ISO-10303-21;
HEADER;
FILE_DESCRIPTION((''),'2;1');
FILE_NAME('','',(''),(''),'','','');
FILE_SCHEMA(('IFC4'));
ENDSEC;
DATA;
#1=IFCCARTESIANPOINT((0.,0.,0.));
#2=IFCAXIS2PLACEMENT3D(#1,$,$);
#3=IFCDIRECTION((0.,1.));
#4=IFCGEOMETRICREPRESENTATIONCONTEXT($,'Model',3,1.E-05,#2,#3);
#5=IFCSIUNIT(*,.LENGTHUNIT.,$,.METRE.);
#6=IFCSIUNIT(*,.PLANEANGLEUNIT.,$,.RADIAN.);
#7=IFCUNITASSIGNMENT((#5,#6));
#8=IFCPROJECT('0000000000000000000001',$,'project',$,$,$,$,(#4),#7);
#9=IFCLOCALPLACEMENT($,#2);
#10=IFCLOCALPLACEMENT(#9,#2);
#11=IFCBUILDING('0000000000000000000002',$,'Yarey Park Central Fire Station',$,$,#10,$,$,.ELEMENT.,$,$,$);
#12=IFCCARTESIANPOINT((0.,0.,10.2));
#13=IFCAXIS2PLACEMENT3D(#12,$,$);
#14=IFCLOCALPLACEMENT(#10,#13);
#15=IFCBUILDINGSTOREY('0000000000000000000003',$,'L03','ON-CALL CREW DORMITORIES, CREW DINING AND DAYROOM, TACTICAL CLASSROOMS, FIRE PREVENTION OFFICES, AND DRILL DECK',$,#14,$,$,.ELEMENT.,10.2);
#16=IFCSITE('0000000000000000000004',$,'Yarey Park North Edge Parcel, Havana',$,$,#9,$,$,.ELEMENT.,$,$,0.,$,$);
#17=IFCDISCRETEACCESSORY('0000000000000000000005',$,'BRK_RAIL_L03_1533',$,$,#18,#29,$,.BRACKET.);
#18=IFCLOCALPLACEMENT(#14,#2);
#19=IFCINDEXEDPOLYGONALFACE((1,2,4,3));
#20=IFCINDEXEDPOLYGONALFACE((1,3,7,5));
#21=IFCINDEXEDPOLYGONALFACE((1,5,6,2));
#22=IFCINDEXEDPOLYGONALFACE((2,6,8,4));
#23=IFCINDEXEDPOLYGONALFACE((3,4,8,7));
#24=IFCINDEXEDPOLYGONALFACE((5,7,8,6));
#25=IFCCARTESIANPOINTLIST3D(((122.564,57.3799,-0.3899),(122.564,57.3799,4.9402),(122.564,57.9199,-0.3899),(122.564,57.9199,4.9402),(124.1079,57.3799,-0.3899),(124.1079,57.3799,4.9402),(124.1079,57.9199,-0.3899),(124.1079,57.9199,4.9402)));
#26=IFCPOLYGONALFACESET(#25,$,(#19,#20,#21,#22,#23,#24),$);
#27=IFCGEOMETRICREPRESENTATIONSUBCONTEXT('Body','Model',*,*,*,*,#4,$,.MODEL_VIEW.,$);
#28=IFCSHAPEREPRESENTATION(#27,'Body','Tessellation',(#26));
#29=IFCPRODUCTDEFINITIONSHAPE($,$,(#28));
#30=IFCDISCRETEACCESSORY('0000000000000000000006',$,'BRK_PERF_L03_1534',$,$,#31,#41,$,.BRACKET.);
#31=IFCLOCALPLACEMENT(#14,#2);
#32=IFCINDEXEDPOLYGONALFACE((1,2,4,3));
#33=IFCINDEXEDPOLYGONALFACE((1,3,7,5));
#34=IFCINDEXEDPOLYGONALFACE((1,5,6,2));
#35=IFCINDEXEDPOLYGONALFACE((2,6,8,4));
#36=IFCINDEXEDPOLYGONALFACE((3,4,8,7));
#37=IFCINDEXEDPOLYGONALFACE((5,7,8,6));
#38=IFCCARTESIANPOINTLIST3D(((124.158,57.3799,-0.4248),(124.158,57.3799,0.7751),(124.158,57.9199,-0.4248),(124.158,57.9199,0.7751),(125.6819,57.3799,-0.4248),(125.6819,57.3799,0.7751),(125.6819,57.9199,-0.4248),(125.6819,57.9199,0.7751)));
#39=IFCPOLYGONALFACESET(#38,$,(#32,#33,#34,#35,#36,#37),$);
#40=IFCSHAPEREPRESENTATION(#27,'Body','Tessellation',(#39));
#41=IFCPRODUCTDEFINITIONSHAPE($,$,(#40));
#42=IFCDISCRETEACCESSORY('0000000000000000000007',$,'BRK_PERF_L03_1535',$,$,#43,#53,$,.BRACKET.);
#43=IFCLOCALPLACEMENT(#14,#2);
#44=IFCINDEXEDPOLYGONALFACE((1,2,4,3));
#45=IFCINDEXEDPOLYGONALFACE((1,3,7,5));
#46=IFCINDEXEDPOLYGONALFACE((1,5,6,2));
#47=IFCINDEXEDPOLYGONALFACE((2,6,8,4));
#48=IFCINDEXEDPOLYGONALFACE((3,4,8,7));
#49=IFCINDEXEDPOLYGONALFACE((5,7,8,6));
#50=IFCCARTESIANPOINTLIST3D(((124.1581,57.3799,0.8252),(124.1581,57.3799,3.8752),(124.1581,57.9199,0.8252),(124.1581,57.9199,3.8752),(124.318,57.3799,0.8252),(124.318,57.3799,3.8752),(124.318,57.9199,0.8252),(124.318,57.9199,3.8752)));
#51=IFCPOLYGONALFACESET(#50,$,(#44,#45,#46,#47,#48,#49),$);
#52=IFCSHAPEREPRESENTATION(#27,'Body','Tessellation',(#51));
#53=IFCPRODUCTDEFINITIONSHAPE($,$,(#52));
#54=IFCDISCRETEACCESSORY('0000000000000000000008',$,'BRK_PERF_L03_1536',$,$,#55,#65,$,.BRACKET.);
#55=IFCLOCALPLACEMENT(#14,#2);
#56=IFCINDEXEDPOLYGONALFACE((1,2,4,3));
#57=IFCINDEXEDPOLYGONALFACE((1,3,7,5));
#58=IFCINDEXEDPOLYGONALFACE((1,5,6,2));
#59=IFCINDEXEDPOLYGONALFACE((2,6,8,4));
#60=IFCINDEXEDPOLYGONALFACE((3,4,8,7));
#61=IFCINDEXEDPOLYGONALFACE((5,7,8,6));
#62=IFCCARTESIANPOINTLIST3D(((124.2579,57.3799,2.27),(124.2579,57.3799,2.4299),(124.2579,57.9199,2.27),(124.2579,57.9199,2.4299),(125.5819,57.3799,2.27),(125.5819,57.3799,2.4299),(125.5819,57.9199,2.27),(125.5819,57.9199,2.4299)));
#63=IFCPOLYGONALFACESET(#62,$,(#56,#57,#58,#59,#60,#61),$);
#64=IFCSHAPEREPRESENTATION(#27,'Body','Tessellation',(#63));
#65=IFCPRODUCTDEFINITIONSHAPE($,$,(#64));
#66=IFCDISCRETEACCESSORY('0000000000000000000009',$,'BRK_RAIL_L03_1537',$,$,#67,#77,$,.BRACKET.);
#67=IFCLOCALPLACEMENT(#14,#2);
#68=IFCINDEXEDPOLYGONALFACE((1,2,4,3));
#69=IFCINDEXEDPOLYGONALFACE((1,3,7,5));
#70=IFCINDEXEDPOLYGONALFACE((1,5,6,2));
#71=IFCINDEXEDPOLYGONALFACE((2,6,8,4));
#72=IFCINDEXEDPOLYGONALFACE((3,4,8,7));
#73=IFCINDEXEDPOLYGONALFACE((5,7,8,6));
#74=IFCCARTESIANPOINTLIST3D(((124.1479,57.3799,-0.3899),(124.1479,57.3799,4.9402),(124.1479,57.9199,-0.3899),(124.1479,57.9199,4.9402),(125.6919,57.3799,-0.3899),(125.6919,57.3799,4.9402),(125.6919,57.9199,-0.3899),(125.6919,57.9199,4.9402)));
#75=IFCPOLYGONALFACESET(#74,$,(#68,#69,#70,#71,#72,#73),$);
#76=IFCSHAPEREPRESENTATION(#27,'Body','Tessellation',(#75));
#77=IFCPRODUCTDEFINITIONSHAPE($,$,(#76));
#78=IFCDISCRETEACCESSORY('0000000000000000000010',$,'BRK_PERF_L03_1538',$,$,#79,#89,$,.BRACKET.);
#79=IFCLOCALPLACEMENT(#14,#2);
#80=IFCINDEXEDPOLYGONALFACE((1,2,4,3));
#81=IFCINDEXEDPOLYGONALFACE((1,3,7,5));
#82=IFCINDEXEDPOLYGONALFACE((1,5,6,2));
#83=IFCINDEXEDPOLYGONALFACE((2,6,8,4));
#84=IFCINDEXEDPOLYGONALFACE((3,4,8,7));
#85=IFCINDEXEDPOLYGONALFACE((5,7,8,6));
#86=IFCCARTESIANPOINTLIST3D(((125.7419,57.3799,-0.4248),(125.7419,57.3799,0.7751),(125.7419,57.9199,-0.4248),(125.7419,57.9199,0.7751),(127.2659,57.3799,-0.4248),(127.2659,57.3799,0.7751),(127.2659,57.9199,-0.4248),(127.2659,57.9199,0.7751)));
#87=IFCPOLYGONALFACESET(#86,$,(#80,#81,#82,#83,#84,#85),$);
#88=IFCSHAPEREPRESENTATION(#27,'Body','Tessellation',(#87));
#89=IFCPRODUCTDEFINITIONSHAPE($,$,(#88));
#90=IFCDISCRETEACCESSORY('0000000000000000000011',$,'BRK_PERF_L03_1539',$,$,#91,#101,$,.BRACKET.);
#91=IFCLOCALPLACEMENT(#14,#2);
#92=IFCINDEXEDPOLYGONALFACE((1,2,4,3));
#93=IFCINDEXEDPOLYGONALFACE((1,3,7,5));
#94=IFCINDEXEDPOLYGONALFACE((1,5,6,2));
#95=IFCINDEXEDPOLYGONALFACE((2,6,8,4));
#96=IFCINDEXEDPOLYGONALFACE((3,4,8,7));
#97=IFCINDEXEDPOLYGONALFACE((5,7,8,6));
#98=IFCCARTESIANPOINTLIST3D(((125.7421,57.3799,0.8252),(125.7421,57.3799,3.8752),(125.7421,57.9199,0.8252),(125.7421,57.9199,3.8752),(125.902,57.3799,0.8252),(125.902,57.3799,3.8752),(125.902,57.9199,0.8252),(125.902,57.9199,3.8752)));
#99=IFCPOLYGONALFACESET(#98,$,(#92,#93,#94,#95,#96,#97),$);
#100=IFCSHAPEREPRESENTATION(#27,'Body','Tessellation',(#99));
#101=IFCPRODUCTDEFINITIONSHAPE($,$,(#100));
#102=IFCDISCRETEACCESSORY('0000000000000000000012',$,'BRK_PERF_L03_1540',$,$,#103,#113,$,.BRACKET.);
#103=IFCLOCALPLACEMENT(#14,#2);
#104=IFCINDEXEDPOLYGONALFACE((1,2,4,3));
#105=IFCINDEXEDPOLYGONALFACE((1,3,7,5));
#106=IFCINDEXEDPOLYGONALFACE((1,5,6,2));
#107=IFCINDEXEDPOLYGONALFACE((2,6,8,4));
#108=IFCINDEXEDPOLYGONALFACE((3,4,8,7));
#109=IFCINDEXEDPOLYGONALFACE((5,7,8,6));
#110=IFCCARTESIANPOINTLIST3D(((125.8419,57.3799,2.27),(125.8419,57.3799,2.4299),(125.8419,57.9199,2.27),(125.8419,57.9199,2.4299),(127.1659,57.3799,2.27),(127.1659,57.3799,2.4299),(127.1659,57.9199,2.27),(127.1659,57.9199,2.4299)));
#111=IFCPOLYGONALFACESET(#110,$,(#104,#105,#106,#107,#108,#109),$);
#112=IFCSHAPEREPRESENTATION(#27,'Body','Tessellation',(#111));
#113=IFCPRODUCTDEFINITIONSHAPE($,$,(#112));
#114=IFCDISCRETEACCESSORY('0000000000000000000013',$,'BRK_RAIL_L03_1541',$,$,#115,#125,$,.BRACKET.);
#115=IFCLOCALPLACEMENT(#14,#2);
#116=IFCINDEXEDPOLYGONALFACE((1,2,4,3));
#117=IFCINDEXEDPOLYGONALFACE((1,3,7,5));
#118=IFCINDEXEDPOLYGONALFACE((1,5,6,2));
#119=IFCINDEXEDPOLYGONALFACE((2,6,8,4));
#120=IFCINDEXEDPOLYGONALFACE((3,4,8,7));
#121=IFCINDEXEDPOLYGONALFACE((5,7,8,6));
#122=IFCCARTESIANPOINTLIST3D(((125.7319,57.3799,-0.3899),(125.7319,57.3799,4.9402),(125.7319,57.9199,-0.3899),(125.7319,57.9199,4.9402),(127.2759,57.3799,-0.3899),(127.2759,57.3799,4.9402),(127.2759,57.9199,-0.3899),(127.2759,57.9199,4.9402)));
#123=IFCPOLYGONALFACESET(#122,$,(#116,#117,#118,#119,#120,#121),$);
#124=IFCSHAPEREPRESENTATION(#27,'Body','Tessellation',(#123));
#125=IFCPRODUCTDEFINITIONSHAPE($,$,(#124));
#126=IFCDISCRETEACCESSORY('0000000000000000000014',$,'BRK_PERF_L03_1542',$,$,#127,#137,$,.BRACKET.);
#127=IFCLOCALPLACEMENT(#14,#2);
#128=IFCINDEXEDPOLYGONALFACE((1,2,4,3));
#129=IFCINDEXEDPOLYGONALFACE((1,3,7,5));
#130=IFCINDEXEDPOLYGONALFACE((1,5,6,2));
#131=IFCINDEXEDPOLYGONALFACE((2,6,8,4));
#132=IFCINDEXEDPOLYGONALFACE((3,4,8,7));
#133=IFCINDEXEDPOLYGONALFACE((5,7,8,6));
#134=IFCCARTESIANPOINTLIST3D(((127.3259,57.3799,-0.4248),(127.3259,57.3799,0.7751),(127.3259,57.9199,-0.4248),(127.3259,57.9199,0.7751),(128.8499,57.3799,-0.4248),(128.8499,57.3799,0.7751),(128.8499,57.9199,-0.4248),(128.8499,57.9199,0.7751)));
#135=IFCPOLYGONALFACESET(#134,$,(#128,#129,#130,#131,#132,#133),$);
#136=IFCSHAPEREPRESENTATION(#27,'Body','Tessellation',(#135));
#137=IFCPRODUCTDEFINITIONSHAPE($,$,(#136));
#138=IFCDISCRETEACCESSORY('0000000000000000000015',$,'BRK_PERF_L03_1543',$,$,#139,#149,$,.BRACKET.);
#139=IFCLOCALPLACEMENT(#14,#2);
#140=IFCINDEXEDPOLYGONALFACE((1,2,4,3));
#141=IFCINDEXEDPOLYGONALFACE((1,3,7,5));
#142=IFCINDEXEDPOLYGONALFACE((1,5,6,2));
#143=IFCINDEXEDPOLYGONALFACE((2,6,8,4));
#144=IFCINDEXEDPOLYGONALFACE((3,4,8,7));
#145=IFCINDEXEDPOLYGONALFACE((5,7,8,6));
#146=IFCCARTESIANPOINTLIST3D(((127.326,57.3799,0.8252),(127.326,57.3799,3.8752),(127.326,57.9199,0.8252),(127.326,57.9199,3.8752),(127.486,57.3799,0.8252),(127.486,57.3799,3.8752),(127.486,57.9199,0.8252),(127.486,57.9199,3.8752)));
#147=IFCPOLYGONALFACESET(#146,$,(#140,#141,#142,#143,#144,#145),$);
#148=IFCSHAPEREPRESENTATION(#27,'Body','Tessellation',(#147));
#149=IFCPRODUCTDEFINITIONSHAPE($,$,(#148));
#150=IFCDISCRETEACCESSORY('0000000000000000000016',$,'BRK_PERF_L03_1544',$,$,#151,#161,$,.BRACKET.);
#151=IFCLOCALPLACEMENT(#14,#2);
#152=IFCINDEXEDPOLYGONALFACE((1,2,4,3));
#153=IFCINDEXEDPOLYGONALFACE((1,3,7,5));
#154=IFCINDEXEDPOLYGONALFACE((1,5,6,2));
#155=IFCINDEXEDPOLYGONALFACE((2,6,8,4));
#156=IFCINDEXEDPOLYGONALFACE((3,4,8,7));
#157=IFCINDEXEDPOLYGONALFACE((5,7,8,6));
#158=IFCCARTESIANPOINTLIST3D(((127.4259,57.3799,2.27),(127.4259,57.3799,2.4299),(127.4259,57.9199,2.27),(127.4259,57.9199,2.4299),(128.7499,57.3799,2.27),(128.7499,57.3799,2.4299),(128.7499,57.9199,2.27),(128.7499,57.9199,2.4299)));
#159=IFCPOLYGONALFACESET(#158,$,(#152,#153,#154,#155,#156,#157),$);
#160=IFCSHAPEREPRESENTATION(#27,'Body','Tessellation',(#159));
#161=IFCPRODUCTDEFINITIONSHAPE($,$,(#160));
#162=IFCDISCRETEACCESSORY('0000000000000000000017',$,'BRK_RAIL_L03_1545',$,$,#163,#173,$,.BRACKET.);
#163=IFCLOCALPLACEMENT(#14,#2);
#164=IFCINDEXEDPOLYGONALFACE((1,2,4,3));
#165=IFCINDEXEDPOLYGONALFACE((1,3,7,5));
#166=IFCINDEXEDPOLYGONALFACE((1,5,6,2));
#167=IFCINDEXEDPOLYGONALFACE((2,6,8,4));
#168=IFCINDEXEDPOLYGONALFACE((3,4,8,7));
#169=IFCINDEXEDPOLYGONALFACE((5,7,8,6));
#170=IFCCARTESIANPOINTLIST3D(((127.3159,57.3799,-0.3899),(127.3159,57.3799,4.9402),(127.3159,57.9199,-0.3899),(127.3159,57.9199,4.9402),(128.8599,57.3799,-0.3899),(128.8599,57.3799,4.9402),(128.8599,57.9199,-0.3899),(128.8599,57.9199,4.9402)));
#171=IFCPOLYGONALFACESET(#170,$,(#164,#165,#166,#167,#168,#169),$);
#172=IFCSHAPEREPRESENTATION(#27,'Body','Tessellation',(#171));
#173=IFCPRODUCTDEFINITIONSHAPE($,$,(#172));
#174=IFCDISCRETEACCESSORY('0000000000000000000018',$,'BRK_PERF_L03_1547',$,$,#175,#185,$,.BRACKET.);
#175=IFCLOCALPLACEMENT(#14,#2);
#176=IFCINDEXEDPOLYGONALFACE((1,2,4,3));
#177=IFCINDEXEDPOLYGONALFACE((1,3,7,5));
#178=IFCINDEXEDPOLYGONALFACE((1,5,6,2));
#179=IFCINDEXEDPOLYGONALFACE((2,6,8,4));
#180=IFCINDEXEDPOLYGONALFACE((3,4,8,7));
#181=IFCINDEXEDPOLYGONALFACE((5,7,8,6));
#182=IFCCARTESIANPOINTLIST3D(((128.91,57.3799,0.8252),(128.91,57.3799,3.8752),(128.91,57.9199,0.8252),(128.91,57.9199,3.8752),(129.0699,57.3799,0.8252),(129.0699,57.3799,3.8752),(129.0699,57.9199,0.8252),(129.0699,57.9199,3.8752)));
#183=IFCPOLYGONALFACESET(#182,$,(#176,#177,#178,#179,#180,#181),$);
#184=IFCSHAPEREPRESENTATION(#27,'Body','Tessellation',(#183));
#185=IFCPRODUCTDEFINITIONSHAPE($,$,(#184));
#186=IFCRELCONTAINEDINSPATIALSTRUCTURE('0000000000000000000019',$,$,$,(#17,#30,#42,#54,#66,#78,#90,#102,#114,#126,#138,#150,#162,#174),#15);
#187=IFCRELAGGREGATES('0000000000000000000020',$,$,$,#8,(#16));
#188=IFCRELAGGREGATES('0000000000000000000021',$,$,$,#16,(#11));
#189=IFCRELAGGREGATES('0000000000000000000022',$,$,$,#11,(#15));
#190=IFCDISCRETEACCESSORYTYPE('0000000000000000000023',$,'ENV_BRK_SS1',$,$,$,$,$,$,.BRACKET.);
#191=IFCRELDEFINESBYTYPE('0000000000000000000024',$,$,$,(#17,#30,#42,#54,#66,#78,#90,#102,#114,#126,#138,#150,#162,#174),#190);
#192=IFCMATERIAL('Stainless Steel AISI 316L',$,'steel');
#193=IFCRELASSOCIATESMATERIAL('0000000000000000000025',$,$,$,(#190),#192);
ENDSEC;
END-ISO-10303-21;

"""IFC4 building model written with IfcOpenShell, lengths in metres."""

from ifc_helpers import new_model, si_unit, direction, frame, origin, origin_2d, place, context, subcontext, project, spatial, rectangle, extrude, material, type_object, element, save


model = new_model("IFC4")

# Units and contexts
model_context = context("Model", 3, precision=1e-05, world=origin(), true_north=direction((0.0, 1.0)))
body_context = subcontext(model_context, "Body", "Model", "MODEL_VIEW")
ifc_project = project(units=[si_unit("LENGTHUNIT", "METRE"), si_unit("PLANEANGLEUNIT", "RADIAN")], contexts=[model_context])

# Site, building, storey
site_placement = place(None, origin())
site = spatial("IfcSite", under=ifc_project, at=site_placement, Name="Yarey Park North Edge Parcel, Havana", CompositionType="ELEMENT", RefElevation=0.0)
building_placement = place(site_placement, origin())
building = spatial("IfcBuilding", under=site, at=building_placement, Name="Yarey Park Central Fire Station", CompositionType="ELEMENT")
storey_placement = place(building_placement, frame((0.0, 0.0, 10.2)))
storey = spatial("IfcBuildingStorey", under=building, at=storey_placement, Name="L03", Description="ON-CALL CREW DORMITORIES, CREW DINING AND DAYROOM, TACTICAL CLASSROOMS, FIRE PREVENTION OFFICES, AND DRILL DECK", CompositionType="ELEMENT", Elevation=10.2)

# Discrete accessories
ifc_material_1 = material(Name="Stainless Steel AISI 316L", Category="steel")
discrete_accessory_type = type_object("IfcDiscreteAccessoryType", Name="ENV_BRK_SS1", PredefinedType="BRACKET", material=ifc_material_1)
discrete_accessory_1_placement = place(storey_placement, frame((123.3359, 57.6499, -0.3899), z_axis=(0.0, 0.0, 1.0), x_axis=(1.0, 0.0, 0.0)))
element("IfcDiscreteAccessory", 1, at=discrete_accessory_1_placement, inside=storey, type_object=discrete_accessory_type, Name="BRK_RAIL_L03_1533", PredefinedType="BRACKET", context=body_context, shape_type="SweptSolid", body=[
    extrude(rectangle(XDim=1.5439, YDim=0.54, at=origin_2d()), origin(), (0.0, 0.0, 1.0), 5.3301),
])
discrete_accessory_2_placement = place(storey_placement, frame((124.9199, 57.6499, -0.4248), z_axis=(0.0, 0.0, 1.0), x_axis=(1.0, 0.0, 0.0)))
element("IfcDiscreteAccessory", 2, at=discrete_accessory_2_placement, inside=storey, type_object=discrete_accessory_type, Name="BRK_PERF_L03_1534", PredefinedType="BRACKET", context=body_context, shape_type="SweptSolid", body=[
    extrude(rectangle(XDim=1.5239, YDim=0.54, at=origin_2d()), origin(), (0.0, 0.0, 1.0), 1.2),
])
discrete_accessory_3_placement = place(storey_placement, frame((124.238, 57.6499, 0.8252), z_axis=(0.0, 0.0, 1.0), x_axis=(1.0, 0.0, 0.0)))
element("IfcDiscreteAccessory", 3, at=discrete_accessory_3_placement, inside=storey, type_object=discrete_accessory_type, Name="BRK_PERF_L03_1535", PredefinedType="BRACKET", context=body_context, shape_type="SweptSolid", body=[
    extrude(rectangle(XDim=0.1599, YDim=0.54, at=origin_2d()), origin(), (0.0, 0.0, 1.0), 3.05),
])
discrete_accessory_4_placement = place(storey_placement, frame((124.9199, 57.6499, 2.27), z_axis=(0.0, 0.0, 1.0), x_axis=(1.0, 0.0, 0.0)))
element("IfcDiscreteAccessory", 4, at=discrete_accessory_4_placement, inside=storey, type_object=discrete_accessory_type, Name="BRK_PERF_L03_1536", PredefinedType="BRACKET", context=body_context, shape_type="SweptSolid", body=[
    extrude(rectangle(XDim=1.324, YDim=0.54, at=origin_2d()), origin(), (0.0, 0.0, 1.0), 0.1599),
])
discrete_accessory_5_placement = place(storey_placement, frame((124.9199, 57.6499, -0.3899), z_axis=(0.0, 0.0, 1.0), x_axis=(1.0, 0.0, 0.0)))
element("IfcDiscreteAccessory", 5, at=discrete_accessory_5_placement, inside=storey, type_object=discrete_accessory_type, Name="BRK_RAIL_L03_1537", PredefinedType="BRACKET", context=body_context, shape_type="SweptSolid", body=[
    extrude(rectangle(XDim=1.5439, YDim=0.54, at=origin_2d()), origin(), (0.0, 0.0, 1.0), 5.3301),
])
discrete_accessory_6_placement = place(storey_placement, frame((126.5039, 57.6499, -0.4248), z_axis=(0.0, 0.0, 1.0), x_axis=(1.0, 0.0, 0.0)))
element("IfcDiscreteAccessory", 6, at=discrete_accessory_6_placement, inside=storey, type_object=discrete_accessory_type, Name="BRK_PERF_L03_1538", PredefinedType="BRACKET", context=body_context, shape_type="SweptSolid", body=[
    extrude(rectangle(XDim=1.5239, YDim=0.54, at=origin_2d()), origin(), (0.0, 0.0, 1.0), 1.2),
])
discrete_accessory_7_placement = place(storey_placement, frame((125.822, 57.6499, 0.8252), z_axis=(0.0, 0.0, 1.0), x_axis=(1.0, 0.0, 0.0)))
element("IfcDiscreteAccessory", 7, at=discrete_accessory_7_placement, inside=storey, type_object=discrete_accessory_type, Name="BRK_PERF_L03_1539", PredefinedType="BRACKET", context=body_context, shape_type="SweptSolid", body=[
    extrude(rectangle(XDim=0.1599, YDim=0.54, at=origin_2d()), origin(), (0.0, 0.0, 1.0), 3.05),
])
discrete_accessory_8_placement = place(storey_placement, frame((126.5039, 57.6499, 2.27), z_axis=(0.0, 0.0, 1.0), x_axis=(1.0, 0.0, 0.0)))
element("IfcDiscreteAccessory", 8, at=discrete_accessory_8_placement, inside=storey, type_object=discrete_accessory_type, Name="BRK_PERF_L03_1540", PredefinedType="BRACKET", context=body_context, shape_type="SweptSolid", body=[
    extrude(rectangle(XDim=1.324, YDim=0.54, at=origin_2d()), origin(), (0.0, 0.0, 1.0), 0.1599),
])
discrete_accessory_9_placement = place(storey_placement, frame((126.5039, 57.6499, -0.3899), z_axis=(0.0, 0.0, 1.0), x_axis=(1.0, 0.0, 0.0)))
element("IfcDiscreteAccessory", 9, at=discrete_accessory_9_placement, inside=storey, type_object=discrete_accessory_type, Name="BRK_RAIL_L03_1541", PredefinedType="BRACKET", context=body_context, shape_type="SweptSolid", body=[
    extrude(rectangle(XDim=1.5439, YDim=0.54, at=origin_2d()), origin(), (0.0, 0.0, 1.0), 5.3301),
])
discrete_accessory_10_placement = place(storey_placement, frame((128.0879, 57.6499, -0.4248), z_axis=(0.0, 0.0, 1.0), x_axis=(1.0, 0.0, 0.0)))
element("IfcDiscreteAccessory", 10, at=discrete_accessory_10_placement, inside=storey, type_object=discrete_accessory_type, Name="BRK_PERF_L03_1542", PredefinedType="BRACKET", context=body_context, shape_type="SweptSolid", body=[
    extrude(rectangle(XDim=1.5239, YDim=0.54, at=origin_2d()), origin(), (0.0, 0.0, 1.0), 1.2),
])
discrete_accessory_11_placement = place(storey_placement, frame((127.406, 57.6499, 0.8252), z_axis=(0.0, 0.0, 1.0), x_axis=(1.0, 0.0, 0.0)))
element("IfcDiscreteAccessory", 11, at=discrete_accessory_11_placement, inside=storey, type_object=discrete_accessory_type, Name="BRK_PERF_L03_1543", PredefinedType="BRACKET", context=body_context, shape_type="SweptSolid", body=[
    extrude(rectangle(XDim=0.1599, YDim=0.54, at=origin_2d()), origin(), (0.0, 0.0, 1.0), 3.05),
])
discrete_accessory_12_placement = place(storey_placement, frame((128.0879, 57.6499, 2.27), z_axis=(0.0, 0.0, 1.0), x_axis=(1.0, 0.0, 0.0)))
element("IfcDiscreteAccessory", 12, at=discrete_accessory_12_placement, inside=storey, type_object=discrete_accessory_type, Name="BRK_PERF_L03_1544", PredefinedType="BRACKET", context=body_context, shape_type="SweptSolid", body=[
    extrude(rectangle(XDim=1.324, YDim=0.54, at=origin_2d()), origin(), (0.0, 0.0, 1.0), 0.1599),
])
discrete_accessory_13_placement = place(storey_placement, frame((128.0879, 57.6499, -0.3899), z_axis=(0.0, 0.0, 1.0), x_axis=(1.0, 0.0, 0.0)))
element("IfcDiscreteAccessory", 13, at=discrete_accessory_13_placement, inside=storey, type_object=discrete_accessory_type, Name="BRK_RAIL_L03_1545", PredefinedType="BRACKET", context=body_context, shape_type="SweptSolid", body=[
    extrude(rectangle(XDim=1.5439, YDim=0.54, at=origin_2d()), origin(), (0.0, 0.0, 1.0), 5.3301),
])
discrete_accessory_14_placement = place(storey_placement, frame((128.99, 57.6499, 0.8252), z_axis=(0.0, 0.0, 1.0), x_axis=(1.0, 0.0, 0.0)))
element("IfcDiscreteAccessory", 14, at=discrete_accessory_14_placement, inside=storey, type_object=discrete_accessory_type, Name="BRK_PERF_L03_1547", PredefinedType="BRACKET", context=body_context, shape_type="SweptSolid", body=[
    extrude(rectangle(XDim=0.1599, YDim=0.54, at=origin_2d()), origin(), (0.0, 0.0, 1.0), 3.05),
])

save(model, "model.ifc")
